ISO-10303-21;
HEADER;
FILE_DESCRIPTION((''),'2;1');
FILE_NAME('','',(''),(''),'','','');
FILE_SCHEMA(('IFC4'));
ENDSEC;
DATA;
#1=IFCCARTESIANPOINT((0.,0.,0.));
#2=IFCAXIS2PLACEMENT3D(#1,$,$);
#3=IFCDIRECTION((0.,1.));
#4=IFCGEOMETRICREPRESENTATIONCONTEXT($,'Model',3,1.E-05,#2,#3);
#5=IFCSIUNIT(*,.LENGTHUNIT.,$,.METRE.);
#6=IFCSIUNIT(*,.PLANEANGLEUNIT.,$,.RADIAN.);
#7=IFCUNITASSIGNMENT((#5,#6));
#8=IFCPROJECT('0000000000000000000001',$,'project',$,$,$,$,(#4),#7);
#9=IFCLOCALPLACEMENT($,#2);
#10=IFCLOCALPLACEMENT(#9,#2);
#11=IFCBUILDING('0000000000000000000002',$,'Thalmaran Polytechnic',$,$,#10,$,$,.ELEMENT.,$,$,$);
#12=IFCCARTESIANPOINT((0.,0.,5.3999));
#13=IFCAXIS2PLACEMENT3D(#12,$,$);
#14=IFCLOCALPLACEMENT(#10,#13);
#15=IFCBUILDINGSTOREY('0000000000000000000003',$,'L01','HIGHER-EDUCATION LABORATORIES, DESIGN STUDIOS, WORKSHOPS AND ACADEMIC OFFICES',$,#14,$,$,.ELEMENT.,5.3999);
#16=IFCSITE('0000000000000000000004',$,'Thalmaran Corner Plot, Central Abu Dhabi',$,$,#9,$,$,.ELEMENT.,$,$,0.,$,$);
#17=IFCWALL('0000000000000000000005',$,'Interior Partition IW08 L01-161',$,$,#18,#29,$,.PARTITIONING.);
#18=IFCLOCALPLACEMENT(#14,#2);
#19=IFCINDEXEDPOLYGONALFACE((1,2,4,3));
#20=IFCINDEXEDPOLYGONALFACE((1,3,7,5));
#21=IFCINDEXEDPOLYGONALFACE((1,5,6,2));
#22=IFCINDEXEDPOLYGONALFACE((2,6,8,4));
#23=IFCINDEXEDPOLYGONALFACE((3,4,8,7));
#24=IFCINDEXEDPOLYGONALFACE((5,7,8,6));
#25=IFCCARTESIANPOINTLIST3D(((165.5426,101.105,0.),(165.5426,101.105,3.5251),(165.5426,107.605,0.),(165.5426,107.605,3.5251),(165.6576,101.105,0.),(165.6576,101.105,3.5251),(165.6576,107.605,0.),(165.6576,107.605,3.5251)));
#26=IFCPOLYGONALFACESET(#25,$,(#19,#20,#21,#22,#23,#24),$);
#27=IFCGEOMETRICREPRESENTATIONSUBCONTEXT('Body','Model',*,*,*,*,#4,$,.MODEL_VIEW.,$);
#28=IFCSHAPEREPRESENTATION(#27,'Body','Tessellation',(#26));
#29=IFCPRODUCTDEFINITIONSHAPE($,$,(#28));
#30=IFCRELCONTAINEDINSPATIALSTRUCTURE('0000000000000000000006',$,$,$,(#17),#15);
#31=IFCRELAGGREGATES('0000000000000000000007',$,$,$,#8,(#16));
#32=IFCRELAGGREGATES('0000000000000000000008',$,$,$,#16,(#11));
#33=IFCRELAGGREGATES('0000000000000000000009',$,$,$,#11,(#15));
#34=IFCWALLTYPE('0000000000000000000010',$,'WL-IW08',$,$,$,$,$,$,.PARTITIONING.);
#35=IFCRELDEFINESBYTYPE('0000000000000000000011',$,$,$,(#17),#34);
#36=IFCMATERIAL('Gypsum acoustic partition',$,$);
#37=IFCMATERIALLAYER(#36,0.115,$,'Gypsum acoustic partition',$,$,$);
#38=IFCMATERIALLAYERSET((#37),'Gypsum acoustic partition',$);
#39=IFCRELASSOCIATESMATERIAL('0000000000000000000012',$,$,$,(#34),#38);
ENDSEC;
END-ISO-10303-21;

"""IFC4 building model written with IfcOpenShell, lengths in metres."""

from ifc_helpers import new_model, si_unit, direction, frame, frame_2d, origin, place, context, subcontext, project, spatial, rectangle, extrude, material, layer, layer_set, type_object, element, save


model = new_model("IFC4")

# Units and contexts
model_context = context("Model", 3, precision=1e-05, world=origin(), true_north=direction((0.0, 1.0)))
body_context = subcontext(model_context, "Body", "Model", "MODEL_VIEW")
ifc_project = project(units=[si_unit("LENGTHUNIT", "METRE"), si_unit("PLANEANGLEUNIT", "RADIAN")], contexts=[model_context])

# Site, building, storey
site_placement = place(None, origin())
site = spatial("IfcSite", under=ifc_project, at=site_placement, Name="Thalmaran Corner Plot, Central Abu Dhabi", CompositionType="ELEMENT", RefElevation=0.0)
building_placement = place(site_placement, origin())
building = spatial("IfcBuilding", under=site, at=building_placement, Name="Thalmaran Polytechnic", CompositionType="ELEMENT")
storey_placement = place(building_placement, frame((0.0, 0.0, 5.3999)))
storey = spatial("IfcBuildingStorey", under=building, at=storey_placement, Name="L01", Description="HIGHER-EDUCATION LABORATORIES, DESIGN STUDIOS, WORKSHOPS AND ACADEMIC OFFICES", CompositionType="ELEMENT", Elevation=5.3999)

# Shared definitions
ifc_material_1 = material(Name="Gypsum acoustic partition")

# Wall
ifc_layer_1 = layer(ifc_material_1, 0.115, Name="Gypsum acoustic partition")
ifc_layer_set_1 = layer_set([ifc_layer_1], Name="Gypsum acoustic partition")
wall_type_1 = type_object("IfcWallType", Name="WL-IW08", PredefinedType="PARTITIONING", material=ifc_layer_set_1)
wall_1_placement = place(storey_placement, frame((165.6001, 101.105, 0.0), z_axis=(0.0, 0.0, 1.0), x_axis=(0.0, 1.0, 0.0)))
element("IfcWall", 1, at=wall_1_placement, inside=storey, type_object=wall_type_1, Name="Interior Partition IW08 L01-161", PredefinedType="PARTITIONING", context=body_context, shape_type="SweptSolid", body=[
    extrude(rectangle(XDim=6.5, YDim=0.115, at=frame_2d((3.25, 0.0))), origin(), (0.0, 0.0, 1.0), 3.5251),
])

save(model, "model.ifc")
